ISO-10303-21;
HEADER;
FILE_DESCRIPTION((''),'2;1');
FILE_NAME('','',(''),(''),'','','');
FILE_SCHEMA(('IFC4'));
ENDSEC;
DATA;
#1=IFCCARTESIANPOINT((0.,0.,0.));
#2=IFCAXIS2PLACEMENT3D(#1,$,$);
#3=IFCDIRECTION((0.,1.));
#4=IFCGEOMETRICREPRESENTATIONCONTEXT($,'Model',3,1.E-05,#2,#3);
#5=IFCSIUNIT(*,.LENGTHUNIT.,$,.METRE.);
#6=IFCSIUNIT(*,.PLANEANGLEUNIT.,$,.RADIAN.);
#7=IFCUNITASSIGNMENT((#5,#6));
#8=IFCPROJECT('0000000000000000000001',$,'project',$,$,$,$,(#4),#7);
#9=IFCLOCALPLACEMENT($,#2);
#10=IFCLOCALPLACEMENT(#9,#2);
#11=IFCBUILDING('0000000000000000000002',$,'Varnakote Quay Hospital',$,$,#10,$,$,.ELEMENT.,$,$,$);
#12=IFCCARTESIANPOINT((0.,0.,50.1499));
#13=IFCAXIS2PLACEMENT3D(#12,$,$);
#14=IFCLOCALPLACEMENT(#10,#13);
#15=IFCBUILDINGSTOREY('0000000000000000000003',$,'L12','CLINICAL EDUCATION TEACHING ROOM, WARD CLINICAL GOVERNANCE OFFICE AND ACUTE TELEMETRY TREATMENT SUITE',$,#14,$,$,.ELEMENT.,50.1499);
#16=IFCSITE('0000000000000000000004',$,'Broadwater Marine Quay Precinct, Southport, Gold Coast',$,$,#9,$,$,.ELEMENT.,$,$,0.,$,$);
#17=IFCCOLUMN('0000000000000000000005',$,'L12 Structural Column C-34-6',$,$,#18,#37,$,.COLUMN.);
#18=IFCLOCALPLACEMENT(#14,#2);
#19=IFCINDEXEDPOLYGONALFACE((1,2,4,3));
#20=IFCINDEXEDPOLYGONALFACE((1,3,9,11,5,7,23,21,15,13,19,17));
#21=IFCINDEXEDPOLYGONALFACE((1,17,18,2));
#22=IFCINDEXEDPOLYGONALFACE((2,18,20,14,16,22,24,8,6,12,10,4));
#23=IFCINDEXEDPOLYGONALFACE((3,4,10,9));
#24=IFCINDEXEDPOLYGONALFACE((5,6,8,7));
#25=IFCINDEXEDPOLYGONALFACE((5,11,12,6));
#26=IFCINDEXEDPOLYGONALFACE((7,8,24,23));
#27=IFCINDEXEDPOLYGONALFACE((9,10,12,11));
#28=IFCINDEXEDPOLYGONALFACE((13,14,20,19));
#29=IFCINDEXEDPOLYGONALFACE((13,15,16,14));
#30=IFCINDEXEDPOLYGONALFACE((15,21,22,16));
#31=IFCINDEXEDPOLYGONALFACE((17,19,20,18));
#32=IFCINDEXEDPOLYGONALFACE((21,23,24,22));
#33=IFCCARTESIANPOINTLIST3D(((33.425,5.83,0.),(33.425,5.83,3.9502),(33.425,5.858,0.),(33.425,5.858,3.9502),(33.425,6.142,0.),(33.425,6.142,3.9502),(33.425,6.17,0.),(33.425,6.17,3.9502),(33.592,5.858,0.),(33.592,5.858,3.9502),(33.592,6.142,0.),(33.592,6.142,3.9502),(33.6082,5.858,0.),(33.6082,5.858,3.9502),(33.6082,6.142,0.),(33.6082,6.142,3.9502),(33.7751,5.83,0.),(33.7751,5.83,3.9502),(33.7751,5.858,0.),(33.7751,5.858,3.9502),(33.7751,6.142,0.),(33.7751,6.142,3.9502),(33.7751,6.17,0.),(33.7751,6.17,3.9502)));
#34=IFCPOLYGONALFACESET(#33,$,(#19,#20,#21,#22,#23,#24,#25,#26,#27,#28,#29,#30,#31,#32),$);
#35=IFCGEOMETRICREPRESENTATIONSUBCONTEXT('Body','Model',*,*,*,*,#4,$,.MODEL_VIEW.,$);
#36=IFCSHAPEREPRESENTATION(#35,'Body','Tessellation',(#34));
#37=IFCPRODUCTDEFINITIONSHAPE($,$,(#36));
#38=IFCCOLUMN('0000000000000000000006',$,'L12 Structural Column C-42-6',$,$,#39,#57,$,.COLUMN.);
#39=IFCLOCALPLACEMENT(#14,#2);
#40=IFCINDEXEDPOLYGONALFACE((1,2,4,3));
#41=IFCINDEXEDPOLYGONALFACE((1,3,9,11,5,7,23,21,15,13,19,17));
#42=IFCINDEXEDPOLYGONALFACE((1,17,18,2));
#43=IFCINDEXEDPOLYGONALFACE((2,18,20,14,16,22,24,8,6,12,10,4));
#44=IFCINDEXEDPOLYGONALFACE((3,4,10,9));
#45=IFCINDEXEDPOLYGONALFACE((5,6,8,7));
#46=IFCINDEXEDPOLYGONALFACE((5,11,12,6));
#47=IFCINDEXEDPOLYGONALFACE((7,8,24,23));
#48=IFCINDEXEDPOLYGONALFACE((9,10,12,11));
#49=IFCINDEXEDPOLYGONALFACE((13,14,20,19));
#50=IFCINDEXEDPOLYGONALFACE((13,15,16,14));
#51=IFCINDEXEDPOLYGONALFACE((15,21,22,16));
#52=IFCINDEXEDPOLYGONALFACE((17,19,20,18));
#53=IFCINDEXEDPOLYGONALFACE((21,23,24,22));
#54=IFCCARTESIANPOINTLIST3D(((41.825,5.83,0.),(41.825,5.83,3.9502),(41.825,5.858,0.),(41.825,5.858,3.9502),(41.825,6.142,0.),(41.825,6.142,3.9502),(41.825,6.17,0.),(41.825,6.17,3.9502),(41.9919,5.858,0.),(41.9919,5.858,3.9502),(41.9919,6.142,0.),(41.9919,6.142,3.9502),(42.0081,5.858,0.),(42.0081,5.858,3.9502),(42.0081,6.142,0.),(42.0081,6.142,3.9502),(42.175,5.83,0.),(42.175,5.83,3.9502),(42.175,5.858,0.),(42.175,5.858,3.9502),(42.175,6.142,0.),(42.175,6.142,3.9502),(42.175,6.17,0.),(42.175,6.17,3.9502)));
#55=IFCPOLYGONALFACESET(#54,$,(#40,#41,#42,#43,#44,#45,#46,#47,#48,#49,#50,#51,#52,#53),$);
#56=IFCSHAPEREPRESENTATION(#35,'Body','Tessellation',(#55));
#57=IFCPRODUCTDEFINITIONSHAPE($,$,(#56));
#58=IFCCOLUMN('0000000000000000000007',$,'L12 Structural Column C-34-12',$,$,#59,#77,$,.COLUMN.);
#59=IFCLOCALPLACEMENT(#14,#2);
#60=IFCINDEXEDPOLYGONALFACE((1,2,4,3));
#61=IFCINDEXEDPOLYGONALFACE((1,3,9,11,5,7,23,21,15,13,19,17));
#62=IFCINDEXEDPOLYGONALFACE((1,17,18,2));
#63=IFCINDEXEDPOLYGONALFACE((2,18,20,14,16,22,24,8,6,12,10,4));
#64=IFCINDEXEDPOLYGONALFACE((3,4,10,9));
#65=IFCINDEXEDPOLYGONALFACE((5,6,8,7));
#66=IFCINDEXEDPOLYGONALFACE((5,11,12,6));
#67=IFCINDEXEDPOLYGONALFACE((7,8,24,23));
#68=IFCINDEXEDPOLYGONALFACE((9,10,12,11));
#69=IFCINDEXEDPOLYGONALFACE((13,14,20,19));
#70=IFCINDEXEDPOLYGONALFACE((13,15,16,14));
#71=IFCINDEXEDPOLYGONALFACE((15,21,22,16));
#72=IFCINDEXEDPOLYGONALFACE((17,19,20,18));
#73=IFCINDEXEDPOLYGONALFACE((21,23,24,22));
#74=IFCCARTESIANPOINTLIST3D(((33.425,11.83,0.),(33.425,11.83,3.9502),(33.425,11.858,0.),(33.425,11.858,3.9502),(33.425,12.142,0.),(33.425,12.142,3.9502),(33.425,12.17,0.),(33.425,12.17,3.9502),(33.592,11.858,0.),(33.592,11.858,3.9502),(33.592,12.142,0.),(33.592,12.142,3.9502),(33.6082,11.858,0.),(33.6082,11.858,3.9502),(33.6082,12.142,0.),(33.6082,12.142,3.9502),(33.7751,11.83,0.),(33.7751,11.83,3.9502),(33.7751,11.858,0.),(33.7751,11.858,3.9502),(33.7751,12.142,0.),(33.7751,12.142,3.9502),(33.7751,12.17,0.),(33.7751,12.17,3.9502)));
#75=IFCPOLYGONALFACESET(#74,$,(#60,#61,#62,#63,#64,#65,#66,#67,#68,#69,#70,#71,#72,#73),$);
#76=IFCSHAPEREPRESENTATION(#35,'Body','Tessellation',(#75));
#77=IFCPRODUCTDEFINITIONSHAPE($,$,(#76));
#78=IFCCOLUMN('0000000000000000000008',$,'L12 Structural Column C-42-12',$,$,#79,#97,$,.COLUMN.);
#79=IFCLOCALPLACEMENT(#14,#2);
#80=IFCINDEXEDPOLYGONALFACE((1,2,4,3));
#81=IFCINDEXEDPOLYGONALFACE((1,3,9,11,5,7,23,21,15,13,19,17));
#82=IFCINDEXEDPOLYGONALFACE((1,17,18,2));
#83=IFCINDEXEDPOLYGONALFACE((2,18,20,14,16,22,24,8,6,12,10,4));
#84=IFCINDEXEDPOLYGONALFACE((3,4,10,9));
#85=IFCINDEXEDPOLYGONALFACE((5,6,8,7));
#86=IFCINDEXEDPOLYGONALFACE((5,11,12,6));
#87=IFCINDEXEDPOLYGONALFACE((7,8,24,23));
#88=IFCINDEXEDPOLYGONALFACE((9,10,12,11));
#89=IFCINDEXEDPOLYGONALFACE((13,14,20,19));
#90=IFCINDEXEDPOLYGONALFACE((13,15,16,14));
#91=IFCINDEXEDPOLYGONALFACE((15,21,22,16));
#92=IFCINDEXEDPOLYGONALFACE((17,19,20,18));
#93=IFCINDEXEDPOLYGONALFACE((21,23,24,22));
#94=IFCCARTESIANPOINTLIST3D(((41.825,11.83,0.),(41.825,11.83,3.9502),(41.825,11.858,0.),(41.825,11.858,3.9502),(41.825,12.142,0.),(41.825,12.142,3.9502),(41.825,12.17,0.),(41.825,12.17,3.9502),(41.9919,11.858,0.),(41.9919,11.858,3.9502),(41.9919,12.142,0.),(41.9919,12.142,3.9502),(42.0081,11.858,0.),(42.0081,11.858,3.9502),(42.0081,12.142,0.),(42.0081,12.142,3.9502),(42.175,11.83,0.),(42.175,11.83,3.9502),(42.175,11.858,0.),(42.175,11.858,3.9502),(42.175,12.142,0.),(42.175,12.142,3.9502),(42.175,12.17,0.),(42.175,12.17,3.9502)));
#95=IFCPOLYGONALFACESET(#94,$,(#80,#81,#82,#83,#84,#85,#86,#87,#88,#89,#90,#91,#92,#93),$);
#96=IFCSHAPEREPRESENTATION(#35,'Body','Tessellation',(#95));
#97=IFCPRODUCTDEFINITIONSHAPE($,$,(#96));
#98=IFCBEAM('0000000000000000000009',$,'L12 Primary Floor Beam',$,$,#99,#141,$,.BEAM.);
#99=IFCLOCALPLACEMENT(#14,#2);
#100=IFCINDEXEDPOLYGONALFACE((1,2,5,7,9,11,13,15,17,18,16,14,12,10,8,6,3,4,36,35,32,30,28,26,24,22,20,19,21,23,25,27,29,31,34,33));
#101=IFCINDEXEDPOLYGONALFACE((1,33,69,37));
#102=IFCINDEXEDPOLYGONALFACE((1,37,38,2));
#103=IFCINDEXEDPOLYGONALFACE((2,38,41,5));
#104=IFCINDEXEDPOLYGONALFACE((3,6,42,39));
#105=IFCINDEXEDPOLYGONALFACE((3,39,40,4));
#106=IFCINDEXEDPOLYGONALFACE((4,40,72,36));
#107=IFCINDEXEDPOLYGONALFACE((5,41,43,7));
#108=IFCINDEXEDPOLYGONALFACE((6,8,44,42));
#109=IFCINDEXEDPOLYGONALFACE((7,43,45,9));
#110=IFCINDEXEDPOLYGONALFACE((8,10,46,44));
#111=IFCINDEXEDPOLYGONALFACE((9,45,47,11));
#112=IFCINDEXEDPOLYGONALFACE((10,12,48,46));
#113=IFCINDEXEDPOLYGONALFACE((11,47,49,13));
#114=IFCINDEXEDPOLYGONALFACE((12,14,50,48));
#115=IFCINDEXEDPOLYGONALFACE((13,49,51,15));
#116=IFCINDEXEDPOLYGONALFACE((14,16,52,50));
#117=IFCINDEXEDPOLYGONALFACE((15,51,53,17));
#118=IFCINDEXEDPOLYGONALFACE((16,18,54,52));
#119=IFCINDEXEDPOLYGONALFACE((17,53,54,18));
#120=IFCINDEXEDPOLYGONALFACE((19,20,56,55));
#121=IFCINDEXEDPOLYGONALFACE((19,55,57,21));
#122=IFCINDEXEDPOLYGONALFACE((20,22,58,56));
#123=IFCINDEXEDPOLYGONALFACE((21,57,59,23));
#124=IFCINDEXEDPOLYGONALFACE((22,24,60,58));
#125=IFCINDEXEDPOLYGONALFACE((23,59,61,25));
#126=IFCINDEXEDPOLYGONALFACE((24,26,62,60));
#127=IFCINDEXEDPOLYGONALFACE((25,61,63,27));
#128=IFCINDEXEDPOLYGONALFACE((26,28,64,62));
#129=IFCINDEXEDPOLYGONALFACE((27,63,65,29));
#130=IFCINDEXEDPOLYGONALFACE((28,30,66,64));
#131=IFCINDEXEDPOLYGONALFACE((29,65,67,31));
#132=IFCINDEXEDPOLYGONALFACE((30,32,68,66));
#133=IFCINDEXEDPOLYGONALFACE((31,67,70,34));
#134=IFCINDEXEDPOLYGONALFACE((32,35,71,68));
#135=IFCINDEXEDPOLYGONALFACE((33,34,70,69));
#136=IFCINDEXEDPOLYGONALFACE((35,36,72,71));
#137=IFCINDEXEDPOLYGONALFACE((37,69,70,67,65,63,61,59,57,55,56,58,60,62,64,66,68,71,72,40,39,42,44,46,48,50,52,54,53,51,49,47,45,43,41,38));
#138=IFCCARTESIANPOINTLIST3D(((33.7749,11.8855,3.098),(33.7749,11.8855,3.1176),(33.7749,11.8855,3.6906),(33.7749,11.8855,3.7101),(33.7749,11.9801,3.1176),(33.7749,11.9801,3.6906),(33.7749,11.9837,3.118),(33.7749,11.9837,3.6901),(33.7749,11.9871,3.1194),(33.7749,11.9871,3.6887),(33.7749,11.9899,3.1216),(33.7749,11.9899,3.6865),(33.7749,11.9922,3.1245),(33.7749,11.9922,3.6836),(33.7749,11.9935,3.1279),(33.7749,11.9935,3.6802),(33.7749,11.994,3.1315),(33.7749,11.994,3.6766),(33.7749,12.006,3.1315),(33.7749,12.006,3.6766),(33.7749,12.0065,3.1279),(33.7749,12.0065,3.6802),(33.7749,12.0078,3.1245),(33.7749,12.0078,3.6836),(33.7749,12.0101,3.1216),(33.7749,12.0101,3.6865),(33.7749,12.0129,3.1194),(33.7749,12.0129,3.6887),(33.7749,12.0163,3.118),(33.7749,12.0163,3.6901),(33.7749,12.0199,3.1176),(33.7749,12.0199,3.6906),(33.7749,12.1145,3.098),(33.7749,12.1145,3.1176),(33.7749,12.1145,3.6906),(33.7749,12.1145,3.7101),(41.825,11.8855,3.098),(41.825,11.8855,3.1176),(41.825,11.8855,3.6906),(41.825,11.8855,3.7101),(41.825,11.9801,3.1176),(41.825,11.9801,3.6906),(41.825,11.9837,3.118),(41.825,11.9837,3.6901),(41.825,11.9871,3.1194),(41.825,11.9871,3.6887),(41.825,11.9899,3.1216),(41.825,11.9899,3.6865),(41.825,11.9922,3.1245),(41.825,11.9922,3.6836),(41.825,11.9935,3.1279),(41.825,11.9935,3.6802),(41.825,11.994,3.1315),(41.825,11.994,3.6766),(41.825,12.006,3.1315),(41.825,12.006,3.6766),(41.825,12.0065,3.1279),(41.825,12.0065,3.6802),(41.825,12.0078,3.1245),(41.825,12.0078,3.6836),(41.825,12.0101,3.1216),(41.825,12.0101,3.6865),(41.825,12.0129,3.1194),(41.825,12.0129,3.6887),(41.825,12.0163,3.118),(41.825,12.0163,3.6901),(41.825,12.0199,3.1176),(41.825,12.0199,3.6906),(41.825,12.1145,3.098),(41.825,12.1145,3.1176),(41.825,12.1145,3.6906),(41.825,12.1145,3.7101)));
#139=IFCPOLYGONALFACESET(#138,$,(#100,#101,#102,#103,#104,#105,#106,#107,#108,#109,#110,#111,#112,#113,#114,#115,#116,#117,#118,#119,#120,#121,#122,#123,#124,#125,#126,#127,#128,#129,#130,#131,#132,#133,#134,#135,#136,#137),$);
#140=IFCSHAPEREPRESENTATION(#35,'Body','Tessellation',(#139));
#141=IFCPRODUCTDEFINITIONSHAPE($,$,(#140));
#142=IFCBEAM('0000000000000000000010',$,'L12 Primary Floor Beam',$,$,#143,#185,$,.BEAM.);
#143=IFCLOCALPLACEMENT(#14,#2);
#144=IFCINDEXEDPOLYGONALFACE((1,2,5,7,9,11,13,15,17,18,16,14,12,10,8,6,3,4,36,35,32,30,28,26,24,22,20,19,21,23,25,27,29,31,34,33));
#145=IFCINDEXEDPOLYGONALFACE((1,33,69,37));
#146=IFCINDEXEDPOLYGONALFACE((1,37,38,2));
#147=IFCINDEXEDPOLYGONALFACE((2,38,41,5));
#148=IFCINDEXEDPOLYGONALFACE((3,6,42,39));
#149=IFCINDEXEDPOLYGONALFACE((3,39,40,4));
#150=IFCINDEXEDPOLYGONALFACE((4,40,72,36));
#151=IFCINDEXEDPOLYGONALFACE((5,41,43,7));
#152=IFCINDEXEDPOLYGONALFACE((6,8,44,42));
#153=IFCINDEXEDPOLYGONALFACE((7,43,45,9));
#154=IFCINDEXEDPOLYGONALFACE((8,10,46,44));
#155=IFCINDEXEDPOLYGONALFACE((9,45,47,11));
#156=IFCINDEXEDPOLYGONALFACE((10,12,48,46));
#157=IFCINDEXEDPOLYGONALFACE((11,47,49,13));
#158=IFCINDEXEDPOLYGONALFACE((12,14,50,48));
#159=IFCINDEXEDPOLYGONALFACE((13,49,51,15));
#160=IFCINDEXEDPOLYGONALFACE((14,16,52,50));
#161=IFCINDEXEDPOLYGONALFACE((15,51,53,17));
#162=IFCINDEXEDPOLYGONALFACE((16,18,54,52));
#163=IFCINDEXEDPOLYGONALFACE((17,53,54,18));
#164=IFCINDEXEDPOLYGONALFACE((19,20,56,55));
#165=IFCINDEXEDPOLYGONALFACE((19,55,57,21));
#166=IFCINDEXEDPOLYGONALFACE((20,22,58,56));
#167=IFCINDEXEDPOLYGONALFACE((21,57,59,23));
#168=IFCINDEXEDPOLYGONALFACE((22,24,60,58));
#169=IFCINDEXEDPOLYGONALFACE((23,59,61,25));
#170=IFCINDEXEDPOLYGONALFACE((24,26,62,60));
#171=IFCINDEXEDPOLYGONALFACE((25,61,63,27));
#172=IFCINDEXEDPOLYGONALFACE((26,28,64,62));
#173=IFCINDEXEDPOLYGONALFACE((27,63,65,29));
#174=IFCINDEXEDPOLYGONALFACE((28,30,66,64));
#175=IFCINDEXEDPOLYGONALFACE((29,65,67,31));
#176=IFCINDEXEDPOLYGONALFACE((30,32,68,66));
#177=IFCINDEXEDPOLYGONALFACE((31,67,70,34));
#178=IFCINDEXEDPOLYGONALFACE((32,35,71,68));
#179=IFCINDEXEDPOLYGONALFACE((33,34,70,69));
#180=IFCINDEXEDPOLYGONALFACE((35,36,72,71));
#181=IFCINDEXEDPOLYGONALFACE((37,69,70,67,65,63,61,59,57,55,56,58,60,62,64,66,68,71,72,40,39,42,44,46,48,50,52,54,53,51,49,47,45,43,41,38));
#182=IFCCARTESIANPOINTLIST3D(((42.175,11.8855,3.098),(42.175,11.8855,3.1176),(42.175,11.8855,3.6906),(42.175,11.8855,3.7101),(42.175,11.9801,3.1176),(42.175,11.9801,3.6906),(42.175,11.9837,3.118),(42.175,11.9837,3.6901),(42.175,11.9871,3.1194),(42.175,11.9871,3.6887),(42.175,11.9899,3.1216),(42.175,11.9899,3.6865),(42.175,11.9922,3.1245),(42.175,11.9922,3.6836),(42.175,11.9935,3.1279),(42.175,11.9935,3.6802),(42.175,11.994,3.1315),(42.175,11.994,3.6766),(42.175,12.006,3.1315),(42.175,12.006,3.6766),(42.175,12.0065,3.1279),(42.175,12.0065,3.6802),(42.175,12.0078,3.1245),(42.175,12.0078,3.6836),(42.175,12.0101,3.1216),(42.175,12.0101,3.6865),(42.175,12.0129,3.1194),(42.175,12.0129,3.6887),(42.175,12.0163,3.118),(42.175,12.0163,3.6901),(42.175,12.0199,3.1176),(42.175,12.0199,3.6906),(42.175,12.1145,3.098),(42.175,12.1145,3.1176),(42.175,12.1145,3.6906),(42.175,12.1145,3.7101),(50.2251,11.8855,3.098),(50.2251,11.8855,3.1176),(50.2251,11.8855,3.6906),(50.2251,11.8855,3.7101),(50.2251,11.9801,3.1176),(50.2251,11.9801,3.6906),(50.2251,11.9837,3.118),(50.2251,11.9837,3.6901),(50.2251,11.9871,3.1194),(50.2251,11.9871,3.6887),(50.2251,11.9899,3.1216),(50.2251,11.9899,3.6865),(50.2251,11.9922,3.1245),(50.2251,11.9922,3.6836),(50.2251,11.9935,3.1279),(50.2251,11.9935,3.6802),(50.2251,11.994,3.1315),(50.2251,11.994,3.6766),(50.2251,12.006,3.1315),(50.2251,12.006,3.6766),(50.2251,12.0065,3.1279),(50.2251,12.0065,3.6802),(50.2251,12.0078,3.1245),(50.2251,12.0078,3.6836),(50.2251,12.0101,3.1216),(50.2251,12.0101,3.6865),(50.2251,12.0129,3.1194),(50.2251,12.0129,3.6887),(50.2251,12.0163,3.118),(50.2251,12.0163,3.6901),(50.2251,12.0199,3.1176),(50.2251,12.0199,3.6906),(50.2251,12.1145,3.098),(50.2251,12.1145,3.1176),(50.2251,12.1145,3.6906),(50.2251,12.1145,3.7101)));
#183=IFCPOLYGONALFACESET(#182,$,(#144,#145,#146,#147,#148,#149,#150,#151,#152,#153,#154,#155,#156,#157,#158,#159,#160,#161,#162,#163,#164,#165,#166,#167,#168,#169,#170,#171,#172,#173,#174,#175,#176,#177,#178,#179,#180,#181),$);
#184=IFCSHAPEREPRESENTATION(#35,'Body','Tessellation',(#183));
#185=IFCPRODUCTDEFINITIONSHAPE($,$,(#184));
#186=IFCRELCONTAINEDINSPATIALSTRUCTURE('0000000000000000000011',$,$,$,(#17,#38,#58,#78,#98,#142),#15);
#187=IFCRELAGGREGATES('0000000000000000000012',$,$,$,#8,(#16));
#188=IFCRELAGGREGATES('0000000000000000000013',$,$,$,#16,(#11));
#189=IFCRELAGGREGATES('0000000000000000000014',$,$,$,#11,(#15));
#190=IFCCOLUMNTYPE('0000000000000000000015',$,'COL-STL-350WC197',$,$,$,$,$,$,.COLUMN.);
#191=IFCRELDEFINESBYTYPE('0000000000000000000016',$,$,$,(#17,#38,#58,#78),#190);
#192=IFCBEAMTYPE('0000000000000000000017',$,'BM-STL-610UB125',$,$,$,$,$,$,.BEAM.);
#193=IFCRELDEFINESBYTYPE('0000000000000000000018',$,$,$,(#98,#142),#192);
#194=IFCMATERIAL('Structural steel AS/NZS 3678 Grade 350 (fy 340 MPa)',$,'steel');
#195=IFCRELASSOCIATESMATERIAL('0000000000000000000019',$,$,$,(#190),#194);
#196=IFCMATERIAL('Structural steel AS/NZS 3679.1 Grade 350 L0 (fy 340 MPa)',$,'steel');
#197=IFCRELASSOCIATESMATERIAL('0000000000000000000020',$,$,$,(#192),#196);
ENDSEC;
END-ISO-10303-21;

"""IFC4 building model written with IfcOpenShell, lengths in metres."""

from ifc_helpers import new_model, si_unit, direction, frame, origin, origin_2d, place, context, subcontext, project, spatial, i_section, extrude, material, material_profile, profile_set, type_object, element, save


model = new_model("IFC4")

# Units and contexts
model_context = context("Model", 3, precision=1e-05, world=origin(), true_north=direction((0.0, 1.0)))
body_context = subcontext(model_context, "Body", "Model", "MODEL_VIEW")
ifc_project = project(units=[si_unit("LENGTHUNIT", "METRE"), si_unit("PLANEANGLEUNIT", "RADIAN")], contexts=[model_context])

# Site, building, storey
site_placement = place(None, origin())
site = spatial("IfcSite", under=ifc_project, at=site_placement, Name="Broadwater Marine Quay Precinct, Southport, Gold Coast", CompositionType="ELEMENT", RefElevation=0.0)
building_placement = place(site_placement, origin())
building = spatial("IfcBuilding", under=site, at=building_placement, Name="Varnakote Quay Hospital", CompositionType="ELEMENT")
storey_placement = place(building_placement, frame((0.0, 0.0, 50.1499)))
storey = spatial("IfcBuildingStorey", under=building, at=storey_placement, Name="L12", Description="CLINICAL EDUCATION TEACHING ROOM, WARD CLINICAL GOVERNANCE OFFICE AND ACUTE TELEMETRY TREATMENT SUITE", CompositionType="ELEMENT", Elevation=50.1499)

# Columns
ifc_material_1 = material(Name="Structural steel AS/NZS 3678 Grade 350 (fy 340 MPa)", Category="steel")
ifc_material_profile_1 = material_profile(ifc_material_1, i_section(OverallWidth=0.3501, OverallDepth=0.3401, WebThickness=0.0161, FlangeThickness=0.0281, at=origin_2d()), Name="350WC197")
ifc_profile_set_1 = profile_set([ifc_material_profile_1], Name="Structural steel AS/NZS 3678 Grade 350 (fy 340 MPa)")
column_type = type_object("IfcColumnType", Name="COL-STL-350WC197", PredefinedType="COLUMN", material=ifc_profile_set_1)
for number, where, z_axis, x_axis, name in (
    (1, (33.6001, 6.0, 0.0), (0.0, 0.0, 1.0), (1.0, 0.0, 0.0), "L12 Structural Column C-34-6"),
    (2, (42.0, 6.0, 0.0), (0.0, 0.0, 1.0), (1.0, 0.0, 0.0), "L12 Structural Column C-42-6"),
    (3, (33.6001, 12.0, 0.0), (0.0, 0.0, 1.0), (1.0, 0.0, 0.0), "L12 Structural Column C-34-12"),
    (4, (42.0, 12.0, 0.0), (0.0, 0.0, 1.0), (1.0, 0.0, 0.0), "L12 Structural Column C-42-12"),
):
    element("IfcColumn", number, at=place(storey_placement, frame(where, z_axis=z_axis, x_axis=x_axis)), inside=storey, type_object=column_type, Name=name, PredefinedType="COLUMN", context=body_context, shape_type="SweptSolid", body=[
        extrude(i_section(OverallWidth=0.3501, OverallDepth=0.3401, WebThickness=0.0161, FlangeThickness=0.0281, at=origin_2d()), origin(), (0.0, 0.0, 1.0), 3.9502),
    ])

# Beams
ifc_material_2 = material(Name="Structural steel AS/NZS 3679.1 Grade 350 L0 (fy 340 MPa)", Category="steel")
ifc_material_profile_2 = material_profile(ifc_material_2, i_section(OverallWidth=0.229, OverallDepth=0.6121, WebThickness=0.012, FlangeThickness=0.0195, FilletRadius=0.0139, at=origin_2d()), Name="610UB125")
ifc_profile_set_2 = profile_set([ifc_material_profile_2], Name="Structural steel AS/NZS 3679.1 Grade 350 L0 (fy 340 MPa)")
beam_type_1 = type_object("IfcBeamType", Name="BM-STL-610UB125", PredefinedType="BEAM", material=ifc_profile_set_2)
for number, where, z_axis, x_axis, name in (
    (5, (33.7749, 12.0, 3.4041), (1.0, 0.0, 0.0), (0.0, 1.0, 0.0), "L12 Primary Floor Beam"),
    (6, (42.175, 12.0, 3.4041), (1.0, 0.0, 0.0), (0.0, 1.0, 0.0), "L12 Primary Floor Beam"),
):
    element("IfcBeam", number, at=place(storey_placement, frame(where, z_axis=z_axis, x_axis=x_axis)), inside=storey, type_object=beam_type_1, Name=name, PredefinedType="BEAM", context=body_context, shape_type="SweptSolid", body=[
        extrude(i_section(OverallWidth=0.229, OverallDepth=0.6121, WebThickness=0.012, FlangeThickness=0.0195, FilletRadius=0.0139, at=origin_2d()), origin(), (0.0, 0.0, 1.0), 8.05),
    ])

save(model, "model.ifc")
